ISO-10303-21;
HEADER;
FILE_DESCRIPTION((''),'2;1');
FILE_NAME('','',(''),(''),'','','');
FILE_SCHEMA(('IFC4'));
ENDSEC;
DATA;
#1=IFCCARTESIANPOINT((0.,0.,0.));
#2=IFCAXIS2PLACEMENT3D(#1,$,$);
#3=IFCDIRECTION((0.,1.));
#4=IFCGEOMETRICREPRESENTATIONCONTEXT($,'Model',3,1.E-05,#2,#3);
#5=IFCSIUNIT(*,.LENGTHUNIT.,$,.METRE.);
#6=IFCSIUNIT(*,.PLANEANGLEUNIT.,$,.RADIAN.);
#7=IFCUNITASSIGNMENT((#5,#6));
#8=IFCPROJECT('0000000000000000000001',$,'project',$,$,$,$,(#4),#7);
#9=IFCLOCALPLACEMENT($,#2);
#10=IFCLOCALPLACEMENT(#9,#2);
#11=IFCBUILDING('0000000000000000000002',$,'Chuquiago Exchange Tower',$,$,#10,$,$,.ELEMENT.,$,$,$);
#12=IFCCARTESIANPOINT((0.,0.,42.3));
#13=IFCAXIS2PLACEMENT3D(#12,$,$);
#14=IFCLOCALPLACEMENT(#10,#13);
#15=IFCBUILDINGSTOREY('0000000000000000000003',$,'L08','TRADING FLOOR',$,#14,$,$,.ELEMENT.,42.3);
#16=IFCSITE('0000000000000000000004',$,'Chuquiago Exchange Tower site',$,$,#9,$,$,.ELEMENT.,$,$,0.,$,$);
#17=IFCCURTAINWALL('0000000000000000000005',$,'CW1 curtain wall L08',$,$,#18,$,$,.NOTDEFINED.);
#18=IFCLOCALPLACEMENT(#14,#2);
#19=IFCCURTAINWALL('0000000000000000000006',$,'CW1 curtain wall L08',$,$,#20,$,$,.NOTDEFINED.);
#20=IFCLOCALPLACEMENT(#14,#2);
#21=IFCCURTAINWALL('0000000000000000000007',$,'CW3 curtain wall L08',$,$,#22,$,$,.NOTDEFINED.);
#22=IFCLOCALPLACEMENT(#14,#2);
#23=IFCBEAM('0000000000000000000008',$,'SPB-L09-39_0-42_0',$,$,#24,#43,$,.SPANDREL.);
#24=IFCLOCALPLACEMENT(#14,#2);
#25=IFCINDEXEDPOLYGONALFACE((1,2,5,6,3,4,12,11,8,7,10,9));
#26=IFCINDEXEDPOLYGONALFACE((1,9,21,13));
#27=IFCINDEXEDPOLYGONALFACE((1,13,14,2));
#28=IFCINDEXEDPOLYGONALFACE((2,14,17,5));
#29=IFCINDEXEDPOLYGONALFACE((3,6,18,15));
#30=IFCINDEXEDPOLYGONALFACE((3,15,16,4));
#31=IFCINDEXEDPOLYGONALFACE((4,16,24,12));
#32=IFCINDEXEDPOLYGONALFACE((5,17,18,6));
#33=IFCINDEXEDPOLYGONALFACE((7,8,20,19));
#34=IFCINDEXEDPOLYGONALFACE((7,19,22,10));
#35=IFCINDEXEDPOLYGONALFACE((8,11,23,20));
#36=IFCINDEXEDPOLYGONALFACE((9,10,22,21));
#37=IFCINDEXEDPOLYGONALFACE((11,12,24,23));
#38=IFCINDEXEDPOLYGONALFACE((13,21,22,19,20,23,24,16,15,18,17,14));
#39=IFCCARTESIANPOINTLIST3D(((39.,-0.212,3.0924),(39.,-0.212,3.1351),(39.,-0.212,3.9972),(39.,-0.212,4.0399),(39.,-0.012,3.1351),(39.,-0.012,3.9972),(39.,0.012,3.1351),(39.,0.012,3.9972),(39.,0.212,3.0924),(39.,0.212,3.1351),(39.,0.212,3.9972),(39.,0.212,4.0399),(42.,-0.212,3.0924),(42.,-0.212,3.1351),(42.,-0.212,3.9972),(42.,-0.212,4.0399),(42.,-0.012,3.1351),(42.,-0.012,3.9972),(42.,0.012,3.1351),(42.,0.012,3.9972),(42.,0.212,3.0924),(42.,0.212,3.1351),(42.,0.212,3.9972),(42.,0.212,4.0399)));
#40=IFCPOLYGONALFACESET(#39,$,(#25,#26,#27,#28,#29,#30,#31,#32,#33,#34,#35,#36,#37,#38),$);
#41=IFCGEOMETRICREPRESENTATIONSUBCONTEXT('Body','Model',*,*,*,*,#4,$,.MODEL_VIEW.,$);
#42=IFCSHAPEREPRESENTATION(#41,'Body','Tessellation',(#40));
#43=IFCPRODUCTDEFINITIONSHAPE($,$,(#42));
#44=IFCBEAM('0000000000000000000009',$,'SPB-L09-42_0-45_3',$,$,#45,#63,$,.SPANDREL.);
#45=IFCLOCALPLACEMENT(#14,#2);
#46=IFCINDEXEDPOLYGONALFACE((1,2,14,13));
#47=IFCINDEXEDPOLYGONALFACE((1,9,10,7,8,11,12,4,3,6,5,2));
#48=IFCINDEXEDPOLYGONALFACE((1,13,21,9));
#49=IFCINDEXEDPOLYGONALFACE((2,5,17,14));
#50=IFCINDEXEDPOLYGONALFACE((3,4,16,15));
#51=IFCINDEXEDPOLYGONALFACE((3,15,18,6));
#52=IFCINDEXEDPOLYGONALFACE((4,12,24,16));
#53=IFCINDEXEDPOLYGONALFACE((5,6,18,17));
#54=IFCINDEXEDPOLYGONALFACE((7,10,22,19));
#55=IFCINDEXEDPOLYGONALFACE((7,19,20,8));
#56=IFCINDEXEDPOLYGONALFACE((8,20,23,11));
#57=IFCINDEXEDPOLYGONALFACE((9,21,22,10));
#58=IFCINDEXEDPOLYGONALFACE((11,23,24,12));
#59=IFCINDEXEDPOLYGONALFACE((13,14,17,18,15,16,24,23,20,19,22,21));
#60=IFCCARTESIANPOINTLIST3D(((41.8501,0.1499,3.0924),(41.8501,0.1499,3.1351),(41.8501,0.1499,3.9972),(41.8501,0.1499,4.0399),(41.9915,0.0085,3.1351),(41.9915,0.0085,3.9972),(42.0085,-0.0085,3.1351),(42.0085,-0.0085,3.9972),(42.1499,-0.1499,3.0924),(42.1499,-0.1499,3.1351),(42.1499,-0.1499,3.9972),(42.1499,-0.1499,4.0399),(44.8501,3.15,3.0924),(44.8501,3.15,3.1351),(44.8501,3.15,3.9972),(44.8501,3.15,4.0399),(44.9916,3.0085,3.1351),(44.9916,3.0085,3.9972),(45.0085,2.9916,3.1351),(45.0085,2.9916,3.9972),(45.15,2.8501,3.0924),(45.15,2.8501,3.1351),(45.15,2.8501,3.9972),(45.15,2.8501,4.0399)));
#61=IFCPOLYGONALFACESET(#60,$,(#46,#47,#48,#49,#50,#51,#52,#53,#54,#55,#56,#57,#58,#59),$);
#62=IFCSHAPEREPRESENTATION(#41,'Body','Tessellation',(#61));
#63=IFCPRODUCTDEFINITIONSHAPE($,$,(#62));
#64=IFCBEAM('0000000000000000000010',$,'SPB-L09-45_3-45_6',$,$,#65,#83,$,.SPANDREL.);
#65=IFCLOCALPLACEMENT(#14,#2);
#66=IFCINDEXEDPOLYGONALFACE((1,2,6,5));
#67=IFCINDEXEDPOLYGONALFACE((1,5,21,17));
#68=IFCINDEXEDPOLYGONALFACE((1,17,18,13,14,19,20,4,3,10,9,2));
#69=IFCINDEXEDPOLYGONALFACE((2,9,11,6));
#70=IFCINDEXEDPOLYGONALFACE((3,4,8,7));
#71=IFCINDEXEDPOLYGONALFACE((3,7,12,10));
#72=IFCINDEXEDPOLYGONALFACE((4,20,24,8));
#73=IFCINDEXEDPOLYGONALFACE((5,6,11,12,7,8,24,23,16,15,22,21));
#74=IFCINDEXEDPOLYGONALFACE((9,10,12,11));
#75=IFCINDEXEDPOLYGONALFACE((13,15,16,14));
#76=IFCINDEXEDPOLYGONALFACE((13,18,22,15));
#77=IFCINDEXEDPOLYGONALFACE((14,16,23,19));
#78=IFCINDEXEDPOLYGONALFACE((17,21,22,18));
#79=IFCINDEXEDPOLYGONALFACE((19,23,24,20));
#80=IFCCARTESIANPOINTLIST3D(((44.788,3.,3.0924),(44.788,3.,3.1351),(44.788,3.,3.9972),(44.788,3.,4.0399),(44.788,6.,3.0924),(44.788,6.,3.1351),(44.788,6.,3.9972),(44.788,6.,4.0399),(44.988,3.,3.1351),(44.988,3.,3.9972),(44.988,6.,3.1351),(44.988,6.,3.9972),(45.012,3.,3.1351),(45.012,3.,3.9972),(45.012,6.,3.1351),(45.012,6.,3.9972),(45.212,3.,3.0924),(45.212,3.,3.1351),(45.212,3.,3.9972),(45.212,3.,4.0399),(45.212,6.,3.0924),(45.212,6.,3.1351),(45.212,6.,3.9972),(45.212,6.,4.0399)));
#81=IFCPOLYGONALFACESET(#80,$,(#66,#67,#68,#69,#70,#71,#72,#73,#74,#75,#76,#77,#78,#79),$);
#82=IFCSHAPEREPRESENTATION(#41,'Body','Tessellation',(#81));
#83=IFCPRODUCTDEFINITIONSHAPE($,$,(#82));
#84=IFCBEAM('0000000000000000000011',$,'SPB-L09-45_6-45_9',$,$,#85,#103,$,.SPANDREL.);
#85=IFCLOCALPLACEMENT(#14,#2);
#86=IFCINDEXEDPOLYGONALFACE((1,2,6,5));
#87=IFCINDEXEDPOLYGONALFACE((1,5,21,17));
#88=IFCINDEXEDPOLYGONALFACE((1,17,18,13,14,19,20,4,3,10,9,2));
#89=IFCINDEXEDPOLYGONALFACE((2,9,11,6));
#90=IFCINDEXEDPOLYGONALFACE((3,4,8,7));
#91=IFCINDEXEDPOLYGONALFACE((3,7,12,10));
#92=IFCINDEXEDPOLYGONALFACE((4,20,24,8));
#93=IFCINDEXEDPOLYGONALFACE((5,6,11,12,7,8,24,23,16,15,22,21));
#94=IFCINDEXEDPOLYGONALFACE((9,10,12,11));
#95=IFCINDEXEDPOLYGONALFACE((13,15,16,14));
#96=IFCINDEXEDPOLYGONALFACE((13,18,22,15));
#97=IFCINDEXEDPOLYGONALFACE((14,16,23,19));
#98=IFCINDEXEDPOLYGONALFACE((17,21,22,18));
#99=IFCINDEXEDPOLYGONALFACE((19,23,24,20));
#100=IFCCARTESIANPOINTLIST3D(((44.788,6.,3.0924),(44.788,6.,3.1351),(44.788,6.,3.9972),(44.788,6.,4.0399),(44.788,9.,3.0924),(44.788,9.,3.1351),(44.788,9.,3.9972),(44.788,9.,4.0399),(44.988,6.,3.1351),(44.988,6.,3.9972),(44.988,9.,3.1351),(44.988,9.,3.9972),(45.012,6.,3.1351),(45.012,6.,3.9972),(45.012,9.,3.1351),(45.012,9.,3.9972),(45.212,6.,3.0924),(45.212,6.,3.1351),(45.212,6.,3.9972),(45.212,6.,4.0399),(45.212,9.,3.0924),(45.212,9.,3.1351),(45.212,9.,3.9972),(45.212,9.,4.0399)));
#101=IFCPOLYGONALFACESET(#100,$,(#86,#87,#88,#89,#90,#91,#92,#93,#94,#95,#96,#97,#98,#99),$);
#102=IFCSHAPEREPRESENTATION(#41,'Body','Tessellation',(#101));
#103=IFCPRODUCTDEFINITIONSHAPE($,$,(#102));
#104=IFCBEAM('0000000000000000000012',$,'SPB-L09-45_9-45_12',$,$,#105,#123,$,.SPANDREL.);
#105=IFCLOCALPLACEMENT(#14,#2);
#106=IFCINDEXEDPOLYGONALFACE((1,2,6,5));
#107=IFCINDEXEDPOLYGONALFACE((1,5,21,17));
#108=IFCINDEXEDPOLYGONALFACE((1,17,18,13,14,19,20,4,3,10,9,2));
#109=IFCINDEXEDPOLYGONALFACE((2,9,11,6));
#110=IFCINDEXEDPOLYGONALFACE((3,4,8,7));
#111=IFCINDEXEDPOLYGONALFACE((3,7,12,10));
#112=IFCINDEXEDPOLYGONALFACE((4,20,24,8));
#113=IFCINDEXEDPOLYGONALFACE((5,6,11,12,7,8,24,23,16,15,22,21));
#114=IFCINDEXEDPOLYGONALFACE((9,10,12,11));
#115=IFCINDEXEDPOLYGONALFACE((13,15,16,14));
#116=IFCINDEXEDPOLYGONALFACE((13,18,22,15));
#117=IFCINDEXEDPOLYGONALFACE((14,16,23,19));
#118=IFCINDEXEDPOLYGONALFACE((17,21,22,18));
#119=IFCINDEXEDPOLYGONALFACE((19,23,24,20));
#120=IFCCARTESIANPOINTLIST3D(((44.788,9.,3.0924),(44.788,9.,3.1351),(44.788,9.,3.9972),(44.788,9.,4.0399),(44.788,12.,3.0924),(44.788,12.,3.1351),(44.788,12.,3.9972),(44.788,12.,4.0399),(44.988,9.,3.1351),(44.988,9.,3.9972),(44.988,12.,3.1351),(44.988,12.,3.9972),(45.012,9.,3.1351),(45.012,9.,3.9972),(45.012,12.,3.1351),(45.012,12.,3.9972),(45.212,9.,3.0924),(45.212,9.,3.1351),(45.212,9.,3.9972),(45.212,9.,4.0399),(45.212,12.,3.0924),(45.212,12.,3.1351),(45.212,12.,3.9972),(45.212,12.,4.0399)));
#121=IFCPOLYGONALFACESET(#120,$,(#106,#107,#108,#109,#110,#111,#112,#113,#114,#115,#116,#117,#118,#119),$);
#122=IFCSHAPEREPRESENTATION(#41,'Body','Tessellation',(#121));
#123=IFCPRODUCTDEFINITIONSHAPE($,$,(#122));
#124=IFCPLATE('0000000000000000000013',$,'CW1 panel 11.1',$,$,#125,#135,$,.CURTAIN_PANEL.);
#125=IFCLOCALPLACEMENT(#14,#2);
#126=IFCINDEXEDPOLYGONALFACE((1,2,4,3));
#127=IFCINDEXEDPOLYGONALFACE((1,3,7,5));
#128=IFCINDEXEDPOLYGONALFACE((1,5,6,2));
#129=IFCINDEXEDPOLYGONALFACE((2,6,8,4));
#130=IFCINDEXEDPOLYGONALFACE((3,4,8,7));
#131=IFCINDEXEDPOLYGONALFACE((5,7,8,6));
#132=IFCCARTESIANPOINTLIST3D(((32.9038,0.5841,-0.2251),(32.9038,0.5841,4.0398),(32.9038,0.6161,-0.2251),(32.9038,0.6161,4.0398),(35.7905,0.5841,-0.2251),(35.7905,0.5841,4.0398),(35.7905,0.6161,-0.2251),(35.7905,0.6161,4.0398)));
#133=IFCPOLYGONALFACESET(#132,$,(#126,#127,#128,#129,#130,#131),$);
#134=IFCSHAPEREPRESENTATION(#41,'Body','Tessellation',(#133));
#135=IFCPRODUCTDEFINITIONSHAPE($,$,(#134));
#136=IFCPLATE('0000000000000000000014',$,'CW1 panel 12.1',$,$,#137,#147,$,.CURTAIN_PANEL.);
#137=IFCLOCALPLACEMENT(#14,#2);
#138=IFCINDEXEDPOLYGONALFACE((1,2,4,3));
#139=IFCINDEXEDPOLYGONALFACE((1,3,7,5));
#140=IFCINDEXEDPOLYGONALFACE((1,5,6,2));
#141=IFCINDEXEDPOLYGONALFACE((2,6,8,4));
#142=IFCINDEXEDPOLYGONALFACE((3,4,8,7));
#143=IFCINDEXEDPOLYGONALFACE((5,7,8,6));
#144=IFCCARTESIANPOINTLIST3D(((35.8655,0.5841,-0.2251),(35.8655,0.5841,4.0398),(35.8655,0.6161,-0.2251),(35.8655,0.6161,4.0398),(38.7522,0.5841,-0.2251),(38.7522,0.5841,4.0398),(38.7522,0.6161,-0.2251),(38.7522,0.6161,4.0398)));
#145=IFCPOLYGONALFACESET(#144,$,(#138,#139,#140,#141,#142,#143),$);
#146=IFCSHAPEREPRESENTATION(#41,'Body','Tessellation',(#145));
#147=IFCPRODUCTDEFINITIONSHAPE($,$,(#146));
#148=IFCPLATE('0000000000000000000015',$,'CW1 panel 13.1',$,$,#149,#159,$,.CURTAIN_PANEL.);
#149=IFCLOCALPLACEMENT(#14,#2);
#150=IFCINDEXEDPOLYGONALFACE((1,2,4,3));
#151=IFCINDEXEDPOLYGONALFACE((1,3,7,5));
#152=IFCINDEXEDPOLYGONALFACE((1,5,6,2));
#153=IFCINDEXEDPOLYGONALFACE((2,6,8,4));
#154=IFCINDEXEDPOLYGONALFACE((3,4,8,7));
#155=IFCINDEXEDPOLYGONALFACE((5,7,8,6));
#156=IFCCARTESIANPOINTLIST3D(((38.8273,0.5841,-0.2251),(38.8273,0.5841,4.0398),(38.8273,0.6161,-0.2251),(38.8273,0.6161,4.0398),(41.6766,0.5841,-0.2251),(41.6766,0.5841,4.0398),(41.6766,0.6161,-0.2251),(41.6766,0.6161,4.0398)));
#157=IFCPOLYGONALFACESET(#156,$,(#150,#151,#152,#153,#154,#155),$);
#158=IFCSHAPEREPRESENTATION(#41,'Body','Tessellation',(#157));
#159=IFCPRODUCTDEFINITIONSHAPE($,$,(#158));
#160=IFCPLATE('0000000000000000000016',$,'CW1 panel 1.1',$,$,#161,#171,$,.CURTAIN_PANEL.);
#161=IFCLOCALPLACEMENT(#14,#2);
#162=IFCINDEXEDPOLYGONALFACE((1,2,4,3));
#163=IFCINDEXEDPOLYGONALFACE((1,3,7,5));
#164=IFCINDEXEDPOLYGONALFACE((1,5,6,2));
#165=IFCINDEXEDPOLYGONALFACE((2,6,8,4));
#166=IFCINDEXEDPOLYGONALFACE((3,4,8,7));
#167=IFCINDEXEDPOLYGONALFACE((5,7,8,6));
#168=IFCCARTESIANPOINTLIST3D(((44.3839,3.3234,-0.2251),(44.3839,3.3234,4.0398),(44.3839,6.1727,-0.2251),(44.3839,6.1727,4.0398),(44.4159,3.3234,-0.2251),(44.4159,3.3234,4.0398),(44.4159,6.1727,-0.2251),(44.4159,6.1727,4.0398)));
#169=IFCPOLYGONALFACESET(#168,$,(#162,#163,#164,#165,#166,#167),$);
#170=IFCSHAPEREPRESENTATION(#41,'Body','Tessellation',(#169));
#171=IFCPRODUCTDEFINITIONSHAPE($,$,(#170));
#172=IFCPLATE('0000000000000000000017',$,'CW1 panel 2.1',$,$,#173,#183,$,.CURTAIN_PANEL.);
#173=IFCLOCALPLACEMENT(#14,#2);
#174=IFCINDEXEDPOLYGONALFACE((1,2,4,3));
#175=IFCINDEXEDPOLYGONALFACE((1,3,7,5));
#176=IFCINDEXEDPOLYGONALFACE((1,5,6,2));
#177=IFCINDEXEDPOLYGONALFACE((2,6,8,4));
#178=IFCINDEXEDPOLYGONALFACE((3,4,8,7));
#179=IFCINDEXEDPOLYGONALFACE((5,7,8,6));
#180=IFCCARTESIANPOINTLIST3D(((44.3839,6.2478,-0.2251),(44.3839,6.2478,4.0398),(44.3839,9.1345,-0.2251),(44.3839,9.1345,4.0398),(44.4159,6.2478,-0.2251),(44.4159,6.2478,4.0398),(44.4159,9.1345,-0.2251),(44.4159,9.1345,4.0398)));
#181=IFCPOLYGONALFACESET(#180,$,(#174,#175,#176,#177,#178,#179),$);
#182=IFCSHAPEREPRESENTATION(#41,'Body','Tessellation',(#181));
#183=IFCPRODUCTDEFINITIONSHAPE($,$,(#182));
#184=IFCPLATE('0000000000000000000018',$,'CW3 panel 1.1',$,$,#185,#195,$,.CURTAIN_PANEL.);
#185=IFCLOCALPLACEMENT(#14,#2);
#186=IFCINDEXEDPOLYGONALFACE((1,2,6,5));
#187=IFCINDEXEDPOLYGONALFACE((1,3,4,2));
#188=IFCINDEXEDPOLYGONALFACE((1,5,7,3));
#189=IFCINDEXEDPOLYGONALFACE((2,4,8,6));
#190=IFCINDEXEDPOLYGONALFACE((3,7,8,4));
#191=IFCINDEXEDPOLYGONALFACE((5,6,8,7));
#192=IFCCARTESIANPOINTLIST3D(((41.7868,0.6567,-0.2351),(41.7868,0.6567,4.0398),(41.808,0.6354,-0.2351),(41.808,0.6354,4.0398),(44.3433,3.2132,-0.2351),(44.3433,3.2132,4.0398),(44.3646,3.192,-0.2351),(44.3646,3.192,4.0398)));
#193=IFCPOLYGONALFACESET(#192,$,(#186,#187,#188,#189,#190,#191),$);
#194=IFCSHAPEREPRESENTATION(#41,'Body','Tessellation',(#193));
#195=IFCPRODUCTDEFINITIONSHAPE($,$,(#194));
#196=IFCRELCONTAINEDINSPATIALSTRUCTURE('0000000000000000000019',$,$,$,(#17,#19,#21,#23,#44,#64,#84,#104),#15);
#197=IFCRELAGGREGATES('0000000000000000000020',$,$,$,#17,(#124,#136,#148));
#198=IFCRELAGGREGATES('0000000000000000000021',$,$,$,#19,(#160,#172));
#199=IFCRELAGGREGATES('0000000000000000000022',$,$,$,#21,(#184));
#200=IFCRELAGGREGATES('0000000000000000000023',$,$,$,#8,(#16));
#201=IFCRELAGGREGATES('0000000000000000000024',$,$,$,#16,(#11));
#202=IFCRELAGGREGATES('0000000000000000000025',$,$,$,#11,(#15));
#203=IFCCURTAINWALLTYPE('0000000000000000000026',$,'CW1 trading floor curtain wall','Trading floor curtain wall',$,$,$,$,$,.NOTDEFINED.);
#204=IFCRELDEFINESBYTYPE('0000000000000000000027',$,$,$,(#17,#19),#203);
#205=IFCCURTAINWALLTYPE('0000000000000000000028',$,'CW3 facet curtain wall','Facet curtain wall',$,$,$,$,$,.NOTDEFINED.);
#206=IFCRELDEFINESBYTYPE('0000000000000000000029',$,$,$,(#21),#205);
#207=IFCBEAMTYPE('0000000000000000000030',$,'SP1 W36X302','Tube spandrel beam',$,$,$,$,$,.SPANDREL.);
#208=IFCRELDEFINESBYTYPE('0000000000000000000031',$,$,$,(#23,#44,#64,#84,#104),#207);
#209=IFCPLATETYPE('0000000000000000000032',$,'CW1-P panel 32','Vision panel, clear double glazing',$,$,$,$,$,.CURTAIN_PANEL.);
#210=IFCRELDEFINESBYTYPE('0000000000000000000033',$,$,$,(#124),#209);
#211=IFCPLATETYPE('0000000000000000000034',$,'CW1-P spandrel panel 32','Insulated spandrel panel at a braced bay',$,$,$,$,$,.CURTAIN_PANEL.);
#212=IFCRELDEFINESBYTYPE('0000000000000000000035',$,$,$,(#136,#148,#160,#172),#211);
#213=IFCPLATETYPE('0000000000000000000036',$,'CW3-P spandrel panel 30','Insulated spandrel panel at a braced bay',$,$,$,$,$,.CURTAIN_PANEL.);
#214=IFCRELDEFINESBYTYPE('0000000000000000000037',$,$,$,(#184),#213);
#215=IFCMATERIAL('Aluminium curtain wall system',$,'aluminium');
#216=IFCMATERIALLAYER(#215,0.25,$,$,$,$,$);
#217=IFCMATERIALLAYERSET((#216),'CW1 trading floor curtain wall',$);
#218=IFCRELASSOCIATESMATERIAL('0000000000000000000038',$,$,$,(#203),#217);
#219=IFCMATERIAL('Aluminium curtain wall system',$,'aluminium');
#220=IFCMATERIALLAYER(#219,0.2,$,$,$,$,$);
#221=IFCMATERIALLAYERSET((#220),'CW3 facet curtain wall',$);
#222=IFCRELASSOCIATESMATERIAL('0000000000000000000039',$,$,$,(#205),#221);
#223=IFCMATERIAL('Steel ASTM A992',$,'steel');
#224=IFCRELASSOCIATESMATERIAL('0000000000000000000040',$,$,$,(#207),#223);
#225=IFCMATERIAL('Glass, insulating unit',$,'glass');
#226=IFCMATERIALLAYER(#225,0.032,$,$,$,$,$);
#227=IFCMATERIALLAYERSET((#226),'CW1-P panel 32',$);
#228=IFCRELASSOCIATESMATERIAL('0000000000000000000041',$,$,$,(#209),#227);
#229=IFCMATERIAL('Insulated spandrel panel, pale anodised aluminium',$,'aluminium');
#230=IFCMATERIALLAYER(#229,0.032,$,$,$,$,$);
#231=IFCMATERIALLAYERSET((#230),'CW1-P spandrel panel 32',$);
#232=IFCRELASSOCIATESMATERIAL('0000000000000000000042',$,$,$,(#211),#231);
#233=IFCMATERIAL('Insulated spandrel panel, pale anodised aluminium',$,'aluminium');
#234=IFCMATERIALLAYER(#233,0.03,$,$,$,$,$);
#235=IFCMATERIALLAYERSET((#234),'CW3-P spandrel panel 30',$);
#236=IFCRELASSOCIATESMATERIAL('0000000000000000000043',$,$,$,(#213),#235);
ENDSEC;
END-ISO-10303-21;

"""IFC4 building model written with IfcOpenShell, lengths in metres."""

from ifc_helpers import new_model, si_unit, direction, frame, origin, origin_2d, place, context, subcontext, project, spatial, rectangle, i_section, extrude, material, layer, layer_set, material_profile, profile_set, type_object, element, aggregate, save


model = new_model("IFC4")

# Units and contexts
model_context = context("Model", 3, precision=1e-05, world=origin(), true_north=direction((0.0, 1.0)))
body_context = subcontext(model_context, "Body", "Model", "MODEL_VIEW")
ifc_project = project(units=[si_unit("LENGTHUNIT", "METRE"), si_unit("PLANEANGLEUNIT", "RADIAN")], contexts=[model_context])

# Site, building, storey
site_placement = place(None, origin())
site = spatial("IfcSite", under=ifc_project, at=site_placement, Name="Chuquiago Exchange Tower site", CompositionType="ELEMENT", RefElevation=0.0)
building_placement = place(site_placement, origin())
building = spatial("IfcBuilding", under=site, at=building_placement, Name="Chuquiago Exchange Tower", CompositionType="ELEMENT")
storey_placement = place(building_placement, frame((0.0, 0.0, 42.3)))
storey = spatial("IfcBuildingStorey", under=building, at=storey_placement, Name="L08", Description="TRADING FLOOR", CompositionType="ELEMENT", Elevation=42.3)

# Curtain walls
ifc_material_1 = material(Name="Aluminium curtain wall system", Category="aluminium")
ifc_layer_1 = layer(ifc_material_1, 0.25)
ifc_layer_set_1 = layer_set([ifc_layer_1], Name="CW1 trading floor curtain wall")
curtain_wall_type_1 = type_object("IfcCurtainWallType", Name="CW1 trading floor curtain wall", Description="Trading floor curtain wall", PredefinedType="NOTDEFINED", material=ifc_layer_set_1)
curtain_wall_1_placement = place(storey_placement, origin())
curtain_wall_1 = element("IfcCurtainWall", 1, at=curtain_wall_1_placement, inside=storey, type_object=curtain_wall_type_1, Name="CW1 curtain wall L08", PredefinedType="NOTDEFINED")
curtain_wall_2_placement = place(storey_placement, origin())
curtain_wall_2 = element("IfcCurtainWall", 2, at=curtain_wall_2_placement, inside=storey, type_object=curtain_wall_type_1, Name="CW1 curtain wall L08", PredefinedType="NOTDEFINED")

# Curtain wall
ifc_material_2 = material(Name="Aluminium curtain wall system", Category="aluminium")
ifc_layer_2 = layer(ifc_material_2, 0.2)
ifc_layer_set_2 = layer_set([ifc_layer_2], Name="CW3 facet curtain wall")
curtain_wall_type_2 = type_object("IfcCurtainWallType", Name="CW3 facet curtain wall", Description="Facet curtain wall", PredefinedType="NOTDEFINED", material=ifc_layer_set_2)
curtain_wall_3_placement = place(storey_placement, origin())
curtain_wall_3 = element("IfcCurtainWall", 3, at=curtain_wall_3_placement, inside=storey, type_object=curtain_wall_type_2, Name="CW3 curtain wall L08", PredefinedType="NOTDEFINED")

# Beams
ifc_material_3 = material(Name="Steel ASTM A992", Category="steel")
ifc_material_profile_1 = material_profile(ifc_material_3, i_section(OverallWidth=0.4241, OverallDepth=0.9475, WebThickness=0.0239, FlangeThickness=0.0427, at=origin_2d()), Name="W36X302")
ifc_profile_set_1 = profile_set([ifc_material_profile_1], Name="Steel ASTM A992")
beam_type = type_object("IfcBeamType", Name="SP1 W36X302", Description="Tube spandrel beam", PredefinedType="SPANDREL", material=ifc_profile_set_1)
for number, where, z_axis, x_axis, name in (
    (4, (39.0, 0.0, 3.5662), (1.0, 0.0, 0.0), (0.0, 1.0, 0.0), "SPB-L09-39_0-42_0"),
):
    element("IfcBeam", number, at=place(storey_placement, frame(where, z_axis=z_axis, x_axis=x_axis)), inside=storey, type_object=beam_type, Name=name, PredefinedType="SPANDREL", context=body_context, shape_type="SweptSolid", body=[
        extrude(i_section(OverallWidth=0.4241, OverallDepth=0.9475, WebThickness=0.0239, FlangeThickness=0.0427, at=origin_2d()), origin(), (0.0, 0.0, 1.0), 3.0),
    ])
beam_placement = place(storey_placement, frame((42.0, 0.0, 3.5662), z_axis=(0.707107, 0.707107, 0.0), x_axis=(-0.707107, 0.707107, 0.0)))
element("IfcBeam", 5, at=beam_placement, inside=storey, type_object=beam_type, Name="SPB-L09-42_0-45_3", PredefinedType="SPANDREL", context=body_context, shape_type="SweptSolid", body=[
    extrude(i_section(OverallWidth=0.4241, OverallDepth=0.9475, WebThickness=0.0239, FlangeThickness=0.0427, at=origin_2d()), origin(), (0.0, 0.0, 1.0), 4.2427),
])
for number, where, z_axis, x_axis, name in (
    (6, (45.0, 3.0, 3.5662), (0.0, 1.0, 0.0), (-1.0, 0.0, 0.0), "SPB-L09-45_3-45_6"),
    (7, (45.0, 6.0, 3.5662), (0.0, 1.0, 0.0), (-1.0, 0.0, 0.0), "SPB-L09-45_6-45_9"),
    (8, (45.0, 9.0, 3.5662), (0.0, 1.0, 0.0), (-1.0, 0.0, 0.0), "SPB-L09-45_9-45_12"),
):
    element("IfcBeam", number, at=place(storey_placement, frame(where, z_axis=z_axis, x_axis=x_axis)), inside=storey, type_object=beam_type, Name=name, PredefinedType="SPANDREL", context=body_context, shape_type="SweptSolid", body=[
        extrude(i_section(OverallWidth=0.4241, OverallDepth=0.9475, WebThickness=0.0239, FlangeThickness=0.0427, at=origin_2d()), origin(), (0.0, 0.0, 1.0), 3.0),
    ])

# Plates
ifc_material_4 = material(Name="Glass, insulating unit", Category="glass")
ifc_layer_3 = layer(ifc_material_4, 0.032)
ifc_layer_set_3 = layer_set([ifc_layer_3], Name="CW1-P panel 32")
plate_type_1 = type_object("IfcPlateType", Name="CW1-P panel 32", Description="Vision panel, clear double glazing", PredefinedType="CURTAIN_PANEL", material=ifc_layer_set_3)
plate_1_placement = place(storey_placement, frame((34.3472, 0.6001, -0.2251), z_axis=(0.0, 0.0, 1.0), x_axis=(1.0, 0.0, 0.0)))
plate_1 = element("IfcPlate", 9, at=plate_1_placement, type_object=plate_type_1, Name="CW1 panel 11.1", PredefinedType="CURTAIN_PANEL", context=body_context, shape_type="SweptSolid", body=[
    extrude(rectangle(XDim=2.8867, YDim=0.032, at=origin_2d()), origin(), (0.0, 0.0, 1.0), 4.2649),
])
ifc_material_5 = material(Name="Insulated spandrel panel, pale anodised aluminium", Category="aluminium")
ifc_layer_4 = layer(ifc_material_5, 0.032)
ifc_layer_set_4 = layer_set([ifc_layer_4], Name="CW1-P spandrel panel 32")
plate_type_2 = type_object("IfcPlateType", Name="CW1-P spandrel panel 32", Description="Insulated spandrel panel at a braced bay", PredefinedType="CURTAIN_PANEL", material=ifc_layer_set_4)
plate_2_placement = place(storey_placement, frame((37.3088, 0.6001, -0.2251), z_axis=(0.0, 0.0, 1.0), x_axis=(1.0, 0.0, 0.0)))
plate_2 = element("IfcPlate", 10, at=plate_2_placement, type_object=plate_type_2, Name="CW1 panel 12.1", PredefinedType="CURTAIN_PANEL", context=body_context, shape_type="SweptSolid", body=[
    extrude(rectangle(XDim=2.8867, YDim=0.032, at=origin_2d()), origin(), (0.0, 0.0, 1.0), 4.2649),
])
plate_3_placement = place(storey_placement, frame((40.252, 0.6001, -0.2251), z_axis=(0.0, 0.0, 1.0), x_axis=(1.0, 0.0, 0.0)))
plate_3 = element("IfcPlate", 11, at=plate_3_placement, type_object=plate_type_2, Name="CW1 panel 13.1", PredefinedType="CURTAIN_PANEL", context=body_context, shape_type="SweptSolid", body=[
    extrude(rectangle(XDim=2.8494, YDim=0.032, at=origin_2d()), origin(), (0.0, 0.0, 1.0), 4.2649),
])
aggregate(curtain_wall_1, [plate_1, plate_2, plate_3])
plate_4_placement = place(storey_placement, frame((44.3999, 4.748, -0.2251), z_axis=(0.0, 0.0, 1.0), x_axis=(0.0, 1.0, 0.0)))
plate_4 = element("IfcPlate", 12, at=plate_4_placement, type_object=plate_type_2, Name="CW1 panel 1.1", PredefinedType="CURTAIN_PANEL", context=body_context, shape_type="SweptSolid", body=[
    extrude(rectangle(XDim=2.8494, YDim=0.032, at=origin_2d()), origin(), (0.0, 0.0, 1.0), 4.2649),
])
plate_5_placement = place(storey_placement, frame((44.3999, 7.6912, -0.2251), z_axis=(0.0, 0.0, 1.0), x_axis=(0.0, 1.0, 0.0)))
plate_5 = element("IfcPlate", 13, at=plate_5_placement, type_object=plate_type_2, Name="CW1 panel 2.1", PredefinedType="CURTAIN_PANEL", context=body_context, shape_type="SweptSolid", body=[
    extrude(rectangle(XDim=2.8867, YDim=0.032, at=origin_2d()), origin(), (0.0, 0.0, 1.0), 4.2649),
])
aggregate(curtain_wall_2, [plate_4, plate_5])
ifc_material_6 = material(Name="Insulated spandrel panel, pale anodised aluminium", Category="aluminium")
ifc_layer_5 = layer(ifc_material_6, 0.03)
ifc_layer_set_5 = layer_set([ifc_layer_5], Name="CW3-P spandrel panel 30")
plate_type_3 = type_object("IfcPlateType", Name="CW3-P spandrel panel 30", Description="Insulated spandrel panel at a braced bay", PredefinedType="CURTAIN_PANEL", material=ifc_layer_set_5)
plate_6_placement = place(storey_placement, frame((43.0757, 1.9243, -0.2351), z_axis=(0.0, 0.0, 1.0), x_axis=(0.707107, 0.707107, 0.0)))
plate_6 = element("IfcPlate", 14, at=plate_6_placement, type_object=plate_type_3, Name="CW3 panel 1.1", PredefinedType="CURTAIN_PANEL", context=body_context, shape_type="SweptSolid", body=[
    extrude(rectangle(XDim=3.6155, YDim=0.03, at=origin_2d()), origin(), (0.0, 0.0, 1.0), 4.2749),
])
aggregate(curtain_wall_3, [plate_6])

save(model, "model.ifc")
